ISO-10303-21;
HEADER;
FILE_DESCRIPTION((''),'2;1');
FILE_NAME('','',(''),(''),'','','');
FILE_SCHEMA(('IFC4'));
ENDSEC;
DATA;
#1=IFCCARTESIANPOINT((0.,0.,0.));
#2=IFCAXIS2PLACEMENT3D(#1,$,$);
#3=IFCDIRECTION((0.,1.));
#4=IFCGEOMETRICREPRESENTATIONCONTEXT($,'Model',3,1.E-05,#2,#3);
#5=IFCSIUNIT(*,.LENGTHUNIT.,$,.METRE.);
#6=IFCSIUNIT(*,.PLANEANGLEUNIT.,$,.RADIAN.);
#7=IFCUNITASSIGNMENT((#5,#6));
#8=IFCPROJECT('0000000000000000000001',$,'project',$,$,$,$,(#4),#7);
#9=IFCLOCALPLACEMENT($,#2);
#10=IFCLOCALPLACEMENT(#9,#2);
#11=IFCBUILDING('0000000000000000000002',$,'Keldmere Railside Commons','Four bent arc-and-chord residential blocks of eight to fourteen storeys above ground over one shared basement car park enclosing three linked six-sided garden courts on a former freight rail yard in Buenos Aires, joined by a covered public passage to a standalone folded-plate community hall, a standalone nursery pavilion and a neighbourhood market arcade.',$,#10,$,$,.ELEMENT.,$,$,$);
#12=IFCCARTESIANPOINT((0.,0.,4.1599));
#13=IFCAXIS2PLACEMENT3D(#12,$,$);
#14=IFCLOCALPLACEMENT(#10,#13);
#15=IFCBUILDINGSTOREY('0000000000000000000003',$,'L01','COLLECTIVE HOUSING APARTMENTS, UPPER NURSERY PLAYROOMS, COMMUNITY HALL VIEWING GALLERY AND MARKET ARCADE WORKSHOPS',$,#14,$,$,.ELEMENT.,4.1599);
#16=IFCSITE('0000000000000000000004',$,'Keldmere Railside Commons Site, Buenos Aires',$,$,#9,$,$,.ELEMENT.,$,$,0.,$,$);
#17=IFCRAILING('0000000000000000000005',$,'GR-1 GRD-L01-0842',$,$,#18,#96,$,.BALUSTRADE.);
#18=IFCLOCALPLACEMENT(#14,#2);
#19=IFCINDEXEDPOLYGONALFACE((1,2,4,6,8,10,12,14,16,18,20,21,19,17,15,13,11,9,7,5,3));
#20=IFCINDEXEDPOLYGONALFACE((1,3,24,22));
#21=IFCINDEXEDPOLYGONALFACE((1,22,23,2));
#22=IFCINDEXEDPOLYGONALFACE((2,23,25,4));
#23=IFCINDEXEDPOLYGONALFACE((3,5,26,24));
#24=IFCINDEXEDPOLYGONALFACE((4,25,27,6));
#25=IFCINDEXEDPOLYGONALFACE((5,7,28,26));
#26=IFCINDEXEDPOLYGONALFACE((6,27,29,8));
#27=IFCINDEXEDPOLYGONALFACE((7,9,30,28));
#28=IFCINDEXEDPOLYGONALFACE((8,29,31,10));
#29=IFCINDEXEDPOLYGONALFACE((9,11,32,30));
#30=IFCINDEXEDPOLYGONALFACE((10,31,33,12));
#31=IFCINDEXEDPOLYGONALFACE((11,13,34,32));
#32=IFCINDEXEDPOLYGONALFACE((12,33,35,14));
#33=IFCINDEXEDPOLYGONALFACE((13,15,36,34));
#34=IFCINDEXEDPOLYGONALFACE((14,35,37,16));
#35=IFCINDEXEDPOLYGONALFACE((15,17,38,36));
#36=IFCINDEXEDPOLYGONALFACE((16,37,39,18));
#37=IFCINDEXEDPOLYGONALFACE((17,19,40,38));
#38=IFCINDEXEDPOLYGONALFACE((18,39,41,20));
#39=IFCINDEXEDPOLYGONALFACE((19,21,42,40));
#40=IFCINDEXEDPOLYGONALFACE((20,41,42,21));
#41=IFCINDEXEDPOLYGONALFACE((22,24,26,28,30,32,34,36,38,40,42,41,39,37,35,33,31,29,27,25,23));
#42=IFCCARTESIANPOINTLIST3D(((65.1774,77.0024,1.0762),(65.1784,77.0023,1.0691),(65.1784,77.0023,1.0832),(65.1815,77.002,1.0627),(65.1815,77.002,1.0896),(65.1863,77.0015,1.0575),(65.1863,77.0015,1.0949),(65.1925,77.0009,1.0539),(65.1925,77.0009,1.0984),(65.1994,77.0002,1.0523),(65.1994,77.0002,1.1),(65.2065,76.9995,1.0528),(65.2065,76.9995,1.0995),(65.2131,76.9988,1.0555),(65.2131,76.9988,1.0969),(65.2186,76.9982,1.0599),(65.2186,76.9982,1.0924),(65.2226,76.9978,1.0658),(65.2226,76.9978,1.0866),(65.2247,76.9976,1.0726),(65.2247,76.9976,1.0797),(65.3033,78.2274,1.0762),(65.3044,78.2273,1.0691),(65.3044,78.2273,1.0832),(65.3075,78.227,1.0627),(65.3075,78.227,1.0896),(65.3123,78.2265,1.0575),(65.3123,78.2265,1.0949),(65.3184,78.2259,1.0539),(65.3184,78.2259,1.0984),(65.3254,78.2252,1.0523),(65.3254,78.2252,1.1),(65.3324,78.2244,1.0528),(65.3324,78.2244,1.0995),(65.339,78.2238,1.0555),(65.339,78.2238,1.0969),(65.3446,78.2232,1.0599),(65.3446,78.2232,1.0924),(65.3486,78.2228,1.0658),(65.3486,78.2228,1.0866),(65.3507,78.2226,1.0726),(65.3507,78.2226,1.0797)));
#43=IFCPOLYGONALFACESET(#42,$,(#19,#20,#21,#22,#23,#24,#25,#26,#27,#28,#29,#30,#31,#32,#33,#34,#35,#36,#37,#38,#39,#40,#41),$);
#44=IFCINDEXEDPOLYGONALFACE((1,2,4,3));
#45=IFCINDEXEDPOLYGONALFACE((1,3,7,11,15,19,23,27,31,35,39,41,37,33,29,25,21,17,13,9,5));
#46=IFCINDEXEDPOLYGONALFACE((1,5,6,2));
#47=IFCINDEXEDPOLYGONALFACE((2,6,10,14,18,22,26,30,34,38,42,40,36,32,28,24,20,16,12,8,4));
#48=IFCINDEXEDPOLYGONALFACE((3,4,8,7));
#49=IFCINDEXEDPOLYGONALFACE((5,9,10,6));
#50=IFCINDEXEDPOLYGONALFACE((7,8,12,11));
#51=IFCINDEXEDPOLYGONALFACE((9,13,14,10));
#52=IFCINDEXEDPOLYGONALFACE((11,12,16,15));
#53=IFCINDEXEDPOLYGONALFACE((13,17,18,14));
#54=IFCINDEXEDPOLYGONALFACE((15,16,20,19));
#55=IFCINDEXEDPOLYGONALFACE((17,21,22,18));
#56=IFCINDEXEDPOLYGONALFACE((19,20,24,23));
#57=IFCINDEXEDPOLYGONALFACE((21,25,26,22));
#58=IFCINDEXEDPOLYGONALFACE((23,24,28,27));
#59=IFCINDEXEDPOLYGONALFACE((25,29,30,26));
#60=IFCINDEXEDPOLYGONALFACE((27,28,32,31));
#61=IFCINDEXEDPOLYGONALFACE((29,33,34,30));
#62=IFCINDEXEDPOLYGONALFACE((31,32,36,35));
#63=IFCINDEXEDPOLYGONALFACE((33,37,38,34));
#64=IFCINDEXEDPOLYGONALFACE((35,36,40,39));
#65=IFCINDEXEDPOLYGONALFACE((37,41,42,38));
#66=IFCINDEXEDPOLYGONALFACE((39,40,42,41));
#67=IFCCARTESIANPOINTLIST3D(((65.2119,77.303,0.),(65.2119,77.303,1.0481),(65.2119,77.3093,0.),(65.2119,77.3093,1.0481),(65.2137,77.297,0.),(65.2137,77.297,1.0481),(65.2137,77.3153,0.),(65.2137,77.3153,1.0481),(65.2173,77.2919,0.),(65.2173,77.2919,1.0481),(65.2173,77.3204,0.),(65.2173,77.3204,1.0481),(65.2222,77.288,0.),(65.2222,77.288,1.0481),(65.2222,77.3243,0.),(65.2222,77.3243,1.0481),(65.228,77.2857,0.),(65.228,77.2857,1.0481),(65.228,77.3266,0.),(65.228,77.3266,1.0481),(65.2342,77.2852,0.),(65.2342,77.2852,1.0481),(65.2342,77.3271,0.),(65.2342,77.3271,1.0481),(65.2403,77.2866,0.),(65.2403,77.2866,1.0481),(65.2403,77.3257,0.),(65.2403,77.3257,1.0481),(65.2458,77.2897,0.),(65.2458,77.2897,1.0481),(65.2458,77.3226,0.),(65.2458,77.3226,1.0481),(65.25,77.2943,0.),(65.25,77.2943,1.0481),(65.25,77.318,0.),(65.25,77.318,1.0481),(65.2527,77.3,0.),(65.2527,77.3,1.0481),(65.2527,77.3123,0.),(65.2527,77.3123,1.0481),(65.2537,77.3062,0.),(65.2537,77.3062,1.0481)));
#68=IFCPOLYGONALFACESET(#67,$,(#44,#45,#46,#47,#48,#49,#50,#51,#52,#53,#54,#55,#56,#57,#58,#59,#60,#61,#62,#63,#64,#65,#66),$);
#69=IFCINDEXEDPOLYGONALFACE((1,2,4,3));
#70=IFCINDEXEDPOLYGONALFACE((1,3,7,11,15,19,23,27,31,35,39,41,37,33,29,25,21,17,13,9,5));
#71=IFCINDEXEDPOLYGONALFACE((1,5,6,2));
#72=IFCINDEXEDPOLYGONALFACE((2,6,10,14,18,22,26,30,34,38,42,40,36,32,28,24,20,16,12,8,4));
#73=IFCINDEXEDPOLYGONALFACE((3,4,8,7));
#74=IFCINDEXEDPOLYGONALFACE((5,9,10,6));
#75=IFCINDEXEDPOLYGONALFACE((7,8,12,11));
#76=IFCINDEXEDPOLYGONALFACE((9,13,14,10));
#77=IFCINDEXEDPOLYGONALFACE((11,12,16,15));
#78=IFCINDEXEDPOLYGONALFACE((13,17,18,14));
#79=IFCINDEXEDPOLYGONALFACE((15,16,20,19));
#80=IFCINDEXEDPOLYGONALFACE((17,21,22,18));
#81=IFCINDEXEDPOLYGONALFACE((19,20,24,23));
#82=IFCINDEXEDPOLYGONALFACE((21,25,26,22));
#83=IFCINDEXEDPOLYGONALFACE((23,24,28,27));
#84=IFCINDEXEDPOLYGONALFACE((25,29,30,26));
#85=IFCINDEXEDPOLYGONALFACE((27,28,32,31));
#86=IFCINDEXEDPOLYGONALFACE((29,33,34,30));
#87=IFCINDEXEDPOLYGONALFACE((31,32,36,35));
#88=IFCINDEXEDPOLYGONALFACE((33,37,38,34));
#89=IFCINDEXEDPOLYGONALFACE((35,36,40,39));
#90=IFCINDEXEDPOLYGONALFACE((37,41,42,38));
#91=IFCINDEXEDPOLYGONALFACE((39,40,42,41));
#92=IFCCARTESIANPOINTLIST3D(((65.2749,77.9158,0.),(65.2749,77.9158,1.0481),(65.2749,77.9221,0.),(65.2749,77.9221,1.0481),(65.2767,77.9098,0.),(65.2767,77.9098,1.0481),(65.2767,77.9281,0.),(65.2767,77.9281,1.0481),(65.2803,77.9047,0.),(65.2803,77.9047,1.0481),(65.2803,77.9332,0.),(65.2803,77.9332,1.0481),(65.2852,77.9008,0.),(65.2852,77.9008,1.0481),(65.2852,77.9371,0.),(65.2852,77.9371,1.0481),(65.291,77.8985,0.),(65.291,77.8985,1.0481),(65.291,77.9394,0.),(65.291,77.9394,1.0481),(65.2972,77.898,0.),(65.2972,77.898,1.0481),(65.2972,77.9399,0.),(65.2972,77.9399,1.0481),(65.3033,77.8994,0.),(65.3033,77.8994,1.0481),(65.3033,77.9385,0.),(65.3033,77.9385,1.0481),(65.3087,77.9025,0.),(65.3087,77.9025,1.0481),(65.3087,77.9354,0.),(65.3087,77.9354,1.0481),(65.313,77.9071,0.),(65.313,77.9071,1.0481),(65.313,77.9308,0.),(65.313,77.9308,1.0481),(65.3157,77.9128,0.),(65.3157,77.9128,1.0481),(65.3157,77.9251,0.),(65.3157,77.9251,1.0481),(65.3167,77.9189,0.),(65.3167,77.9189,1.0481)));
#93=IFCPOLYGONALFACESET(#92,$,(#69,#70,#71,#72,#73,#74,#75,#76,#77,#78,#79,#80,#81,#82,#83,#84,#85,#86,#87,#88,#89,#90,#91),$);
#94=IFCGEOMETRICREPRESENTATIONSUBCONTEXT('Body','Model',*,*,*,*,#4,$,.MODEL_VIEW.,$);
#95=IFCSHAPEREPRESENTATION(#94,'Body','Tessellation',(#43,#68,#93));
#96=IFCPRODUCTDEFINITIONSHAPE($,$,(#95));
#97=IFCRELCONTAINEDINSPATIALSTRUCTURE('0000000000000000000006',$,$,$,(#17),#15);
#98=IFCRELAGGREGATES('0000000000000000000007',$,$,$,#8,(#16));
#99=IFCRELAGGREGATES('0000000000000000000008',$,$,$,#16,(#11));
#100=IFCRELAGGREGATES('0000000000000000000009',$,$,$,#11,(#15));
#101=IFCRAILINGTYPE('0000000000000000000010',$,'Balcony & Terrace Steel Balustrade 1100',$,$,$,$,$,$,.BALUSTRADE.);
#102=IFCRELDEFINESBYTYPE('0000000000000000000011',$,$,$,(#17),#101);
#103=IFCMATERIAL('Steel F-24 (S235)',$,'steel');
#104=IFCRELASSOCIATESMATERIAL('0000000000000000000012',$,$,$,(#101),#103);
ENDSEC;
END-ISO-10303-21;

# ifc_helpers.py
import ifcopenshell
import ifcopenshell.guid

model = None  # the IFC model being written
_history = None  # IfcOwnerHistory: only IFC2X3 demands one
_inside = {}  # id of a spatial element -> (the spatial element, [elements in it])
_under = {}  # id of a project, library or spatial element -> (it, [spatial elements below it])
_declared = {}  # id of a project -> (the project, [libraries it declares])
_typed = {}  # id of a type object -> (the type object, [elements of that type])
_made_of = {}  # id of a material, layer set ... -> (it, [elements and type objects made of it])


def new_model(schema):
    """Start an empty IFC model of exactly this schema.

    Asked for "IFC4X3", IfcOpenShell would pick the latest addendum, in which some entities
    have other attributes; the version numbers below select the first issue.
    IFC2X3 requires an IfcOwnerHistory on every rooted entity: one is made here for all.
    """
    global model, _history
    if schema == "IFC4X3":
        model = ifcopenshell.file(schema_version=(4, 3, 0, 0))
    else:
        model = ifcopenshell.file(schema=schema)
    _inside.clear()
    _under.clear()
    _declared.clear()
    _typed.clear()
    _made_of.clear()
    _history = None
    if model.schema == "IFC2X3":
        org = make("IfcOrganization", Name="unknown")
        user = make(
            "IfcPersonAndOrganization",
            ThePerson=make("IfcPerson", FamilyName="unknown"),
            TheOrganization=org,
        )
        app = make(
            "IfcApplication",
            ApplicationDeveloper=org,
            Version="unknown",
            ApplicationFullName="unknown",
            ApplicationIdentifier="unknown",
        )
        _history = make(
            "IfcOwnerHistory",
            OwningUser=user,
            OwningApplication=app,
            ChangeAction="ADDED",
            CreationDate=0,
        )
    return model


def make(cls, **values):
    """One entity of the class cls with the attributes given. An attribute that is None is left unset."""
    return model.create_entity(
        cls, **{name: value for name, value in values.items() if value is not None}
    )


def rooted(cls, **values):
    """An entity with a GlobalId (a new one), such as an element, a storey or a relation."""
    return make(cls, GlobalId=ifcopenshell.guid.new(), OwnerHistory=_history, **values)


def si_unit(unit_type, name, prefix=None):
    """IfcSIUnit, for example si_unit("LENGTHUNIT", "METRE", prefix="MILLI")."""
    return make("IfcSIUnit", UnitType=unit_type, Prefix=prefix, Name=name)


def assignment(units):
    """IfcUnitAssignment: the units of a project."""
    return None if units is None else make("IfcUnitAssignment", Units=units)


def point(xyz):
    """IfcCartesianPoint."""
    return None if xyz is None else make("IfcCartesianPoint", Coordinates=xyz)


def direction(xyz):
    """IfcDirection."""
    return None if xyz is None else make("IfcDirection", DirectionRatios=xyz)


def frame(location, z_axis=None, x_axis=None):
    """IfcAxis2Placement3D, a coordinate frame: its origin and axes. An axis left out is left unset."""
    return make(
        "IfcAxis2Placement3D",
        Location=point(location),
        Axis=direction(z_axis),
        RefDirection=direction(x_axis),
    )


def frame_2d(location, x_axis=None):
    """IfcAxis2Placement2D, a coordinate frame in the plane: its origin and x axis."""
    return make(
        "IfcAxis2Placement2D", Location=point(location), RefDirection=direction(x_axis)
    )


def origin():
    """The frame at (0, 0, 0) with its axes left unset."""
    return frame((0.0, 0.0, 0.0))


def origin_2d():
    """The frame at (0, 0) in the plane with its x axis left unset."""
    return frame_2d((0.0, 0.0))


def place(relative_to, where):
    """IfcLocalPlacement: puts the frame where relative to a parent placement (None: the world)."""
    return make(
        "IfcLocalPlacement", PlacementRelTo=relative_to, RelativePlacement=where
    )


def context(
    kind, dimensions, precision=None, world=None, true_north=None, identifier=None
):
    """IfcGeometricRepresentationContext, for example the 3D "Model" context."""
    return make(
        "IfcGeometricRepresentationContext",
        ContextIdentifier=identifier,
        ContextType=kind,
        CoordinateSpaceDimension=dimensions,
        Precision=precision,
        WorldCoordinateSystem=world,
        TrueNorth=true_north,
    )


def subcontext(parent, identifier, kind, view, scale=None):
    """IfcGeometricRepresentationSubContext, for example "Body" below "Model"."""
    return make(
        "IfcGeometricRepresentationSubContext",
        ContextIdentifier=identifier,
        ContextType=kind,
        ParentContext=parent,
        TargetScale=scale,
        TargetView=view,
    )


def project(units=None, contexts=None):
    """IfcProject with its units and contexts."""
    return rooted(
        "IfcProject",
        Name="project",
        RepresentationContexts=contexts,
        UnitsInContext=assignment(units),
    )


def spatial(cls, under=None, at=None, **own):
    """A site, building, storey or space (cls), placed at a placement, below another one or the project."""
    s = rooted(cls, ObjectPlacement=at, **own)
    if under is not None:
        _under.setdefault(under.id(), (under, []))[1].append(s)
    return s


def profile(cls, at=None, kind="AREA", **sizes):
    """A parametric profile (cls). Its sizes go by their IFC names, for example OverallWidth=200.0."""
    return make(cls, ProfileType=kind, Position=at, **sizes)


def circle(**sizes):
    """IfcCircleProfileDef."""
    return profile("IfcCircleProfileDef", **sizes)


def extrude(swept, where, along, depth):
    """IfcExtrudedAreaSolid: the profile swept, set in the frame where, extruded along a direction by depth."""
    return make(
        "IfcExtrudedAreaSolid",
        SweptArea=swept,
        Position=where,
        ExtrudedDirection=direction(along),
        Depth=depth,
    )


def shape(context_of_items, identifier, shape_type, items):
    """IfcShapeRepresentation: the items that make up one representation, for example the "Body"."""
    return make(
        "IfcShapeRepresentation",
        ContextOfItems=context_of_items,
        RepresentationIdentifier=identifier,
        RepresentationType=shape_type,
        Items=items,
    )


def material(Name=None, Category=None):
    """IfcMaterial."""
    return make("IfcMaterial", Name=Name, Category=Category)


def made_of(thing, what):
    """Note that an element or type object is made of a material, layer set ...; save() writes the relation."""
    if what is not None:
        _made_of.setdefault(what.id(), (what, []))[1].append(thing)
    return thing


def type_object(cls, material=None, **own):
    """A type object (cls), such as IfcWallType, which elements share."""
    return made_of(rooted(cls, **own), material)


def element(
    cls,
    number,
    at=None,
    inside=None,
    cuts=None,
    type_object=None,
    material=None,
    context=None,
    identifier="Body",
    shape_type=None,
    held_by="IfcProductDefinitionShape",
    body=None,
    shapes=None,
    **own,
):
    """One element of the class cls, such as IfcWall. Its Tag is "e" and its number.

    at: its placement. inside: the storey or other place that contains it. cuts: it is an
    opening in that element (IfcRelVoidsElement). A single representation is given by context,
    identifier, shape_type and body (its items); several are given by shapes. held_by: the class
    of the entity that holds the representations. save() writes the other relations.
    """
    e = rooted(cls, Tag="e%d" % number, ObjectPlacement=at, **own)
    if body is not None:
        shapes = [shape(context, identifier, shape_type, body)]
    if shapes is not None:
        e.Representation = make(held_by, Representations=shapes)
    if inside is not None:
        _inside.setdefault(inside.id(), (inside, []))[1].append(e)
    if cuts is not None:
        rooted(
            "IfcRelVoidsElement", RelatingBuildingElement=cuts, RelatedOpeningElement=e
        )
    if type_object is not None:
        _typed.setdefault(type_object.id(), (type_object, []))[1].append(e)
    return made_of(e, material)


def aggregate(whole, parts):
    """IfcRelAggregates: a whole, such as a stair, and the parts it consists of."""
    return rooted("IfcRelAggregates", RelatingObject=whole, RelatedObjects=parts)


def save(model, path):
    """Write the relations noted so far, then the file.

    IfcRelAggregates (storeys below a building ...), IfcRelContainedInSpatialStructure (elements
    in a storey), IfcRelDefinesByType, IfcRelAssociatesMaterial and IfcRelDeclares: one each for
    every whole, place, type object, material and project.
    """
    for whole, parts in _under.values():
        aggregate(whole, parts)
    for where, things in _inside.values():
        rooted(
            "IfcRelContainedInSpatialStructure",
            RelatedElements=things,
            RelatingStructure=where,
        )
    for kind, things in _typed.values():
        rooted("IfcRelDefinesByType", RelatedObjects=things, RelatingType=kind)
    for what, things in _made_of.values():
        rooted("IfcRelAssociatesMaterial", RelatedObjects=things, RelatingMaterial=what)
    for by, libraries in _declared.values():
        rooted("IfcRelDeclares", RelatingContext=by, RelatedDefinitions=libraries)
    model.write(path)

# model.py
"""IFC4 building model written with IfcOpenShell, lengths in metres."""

from ifc_helpers import new_model, si_unit, direction, frame, origin, origin_2d, place, context, subcontext, project, spatial, circle, extrude, material, type_object, element, save


model = new_model("IFC4")

# Units and contexts
model_context = context("Model", 3, precision=1e-05, world=origin(), true_north=direction((0.0, 1.0)))
body_context = subcontext(model_context, "Body", "Model", "MODEL_VIEW")
ifc_project = project(units=[si_unit("LENGTHUNIT", "METRE"), si_unit("PLANEANGLEUNIT", "RADIAN")], contexts=[model_context])

# Site, building, storey
site_placement = place(None, origin())
site = spatial("IfcSite", under=ifc_project, at=site_placement, Name="Keldmere Railside Commons Site, Buenos Aires", CompositionType="ELEMENT", RefElevation=0.0)
building_placement = place(site_placement, origin())
building = spatial("IfcBuilding", under=site, at=building_placement, Name="Keldmere Railside Commons", Description="Four bent arc-and-chord residential blocks of eight to fourteen storeys above ground over one shared basement car park enclosing three linked six-sided garden courts on a former freight rail yard in Buenos Aires, joined by a covered public passage to a standalone folded-plate community hall, a standalone nursery pavilion and a neighbourhood market arcade.", CompositionType="ELEMENT")
storey_placement = place(building_placement, frame((0.0, 0.0, 4.1599)))
storey = spatial("IfcBuildingStorey", under=building, at=storey_placement, Name="L01", Description="COLLECTIVE HOUSING APARTMENTS, UPPER NURSERY PLAYROOMS, COMMUNITY HALL VIEWING GALLERY AND MARKET ARCADE WORKSHOPS", CompositionType="ELEMENT", Elevation=4.1599)

# Railing
ifc_material_1 = material(Name="Steel F-24 (S235)", Category="steel")
railing_type = type_object("IfcRailingType", Name="Balcony & Terrace Steel Balustrade 1100", PredefinedType="BALUSTRADE", material=ifc_material_1)
railing_1_placement = place(storey_placement, frame((65.2012, 77.0, 0.0)))
element("IfcRailing", 1, at=railing_1_placement, inside=storey, type_object=railing_type, Name="GR-1 GRD-L01-0842", PredefinedType="BALUSTRADE", context=body_context, shape_type="SweptSolid", body=[
    extrude(circle(Radius=0.0239, at=origin_2d()), frame((0.0, 0.0, 1.0762), z_axis=(0.10229, 0.994755, 0.0), x_axis=(-0.994755, 0.10229, 0.0)), (0.0, 0.0, 1.0), 1.2314),
    extrude(circle(Radius=0.021, at=origin_2d()), frame((0.0315, 0.3062, 0.0)), (0.0, 0.0, 1.0), 1.0481),
    extrude(circle(Radius=0.021, at=origin_2d()), frame((0.0945, 0.9189, 0.0)), (0.0, 0.0, 1.0), 1.0481),
])

save(model, "model.ifc")
